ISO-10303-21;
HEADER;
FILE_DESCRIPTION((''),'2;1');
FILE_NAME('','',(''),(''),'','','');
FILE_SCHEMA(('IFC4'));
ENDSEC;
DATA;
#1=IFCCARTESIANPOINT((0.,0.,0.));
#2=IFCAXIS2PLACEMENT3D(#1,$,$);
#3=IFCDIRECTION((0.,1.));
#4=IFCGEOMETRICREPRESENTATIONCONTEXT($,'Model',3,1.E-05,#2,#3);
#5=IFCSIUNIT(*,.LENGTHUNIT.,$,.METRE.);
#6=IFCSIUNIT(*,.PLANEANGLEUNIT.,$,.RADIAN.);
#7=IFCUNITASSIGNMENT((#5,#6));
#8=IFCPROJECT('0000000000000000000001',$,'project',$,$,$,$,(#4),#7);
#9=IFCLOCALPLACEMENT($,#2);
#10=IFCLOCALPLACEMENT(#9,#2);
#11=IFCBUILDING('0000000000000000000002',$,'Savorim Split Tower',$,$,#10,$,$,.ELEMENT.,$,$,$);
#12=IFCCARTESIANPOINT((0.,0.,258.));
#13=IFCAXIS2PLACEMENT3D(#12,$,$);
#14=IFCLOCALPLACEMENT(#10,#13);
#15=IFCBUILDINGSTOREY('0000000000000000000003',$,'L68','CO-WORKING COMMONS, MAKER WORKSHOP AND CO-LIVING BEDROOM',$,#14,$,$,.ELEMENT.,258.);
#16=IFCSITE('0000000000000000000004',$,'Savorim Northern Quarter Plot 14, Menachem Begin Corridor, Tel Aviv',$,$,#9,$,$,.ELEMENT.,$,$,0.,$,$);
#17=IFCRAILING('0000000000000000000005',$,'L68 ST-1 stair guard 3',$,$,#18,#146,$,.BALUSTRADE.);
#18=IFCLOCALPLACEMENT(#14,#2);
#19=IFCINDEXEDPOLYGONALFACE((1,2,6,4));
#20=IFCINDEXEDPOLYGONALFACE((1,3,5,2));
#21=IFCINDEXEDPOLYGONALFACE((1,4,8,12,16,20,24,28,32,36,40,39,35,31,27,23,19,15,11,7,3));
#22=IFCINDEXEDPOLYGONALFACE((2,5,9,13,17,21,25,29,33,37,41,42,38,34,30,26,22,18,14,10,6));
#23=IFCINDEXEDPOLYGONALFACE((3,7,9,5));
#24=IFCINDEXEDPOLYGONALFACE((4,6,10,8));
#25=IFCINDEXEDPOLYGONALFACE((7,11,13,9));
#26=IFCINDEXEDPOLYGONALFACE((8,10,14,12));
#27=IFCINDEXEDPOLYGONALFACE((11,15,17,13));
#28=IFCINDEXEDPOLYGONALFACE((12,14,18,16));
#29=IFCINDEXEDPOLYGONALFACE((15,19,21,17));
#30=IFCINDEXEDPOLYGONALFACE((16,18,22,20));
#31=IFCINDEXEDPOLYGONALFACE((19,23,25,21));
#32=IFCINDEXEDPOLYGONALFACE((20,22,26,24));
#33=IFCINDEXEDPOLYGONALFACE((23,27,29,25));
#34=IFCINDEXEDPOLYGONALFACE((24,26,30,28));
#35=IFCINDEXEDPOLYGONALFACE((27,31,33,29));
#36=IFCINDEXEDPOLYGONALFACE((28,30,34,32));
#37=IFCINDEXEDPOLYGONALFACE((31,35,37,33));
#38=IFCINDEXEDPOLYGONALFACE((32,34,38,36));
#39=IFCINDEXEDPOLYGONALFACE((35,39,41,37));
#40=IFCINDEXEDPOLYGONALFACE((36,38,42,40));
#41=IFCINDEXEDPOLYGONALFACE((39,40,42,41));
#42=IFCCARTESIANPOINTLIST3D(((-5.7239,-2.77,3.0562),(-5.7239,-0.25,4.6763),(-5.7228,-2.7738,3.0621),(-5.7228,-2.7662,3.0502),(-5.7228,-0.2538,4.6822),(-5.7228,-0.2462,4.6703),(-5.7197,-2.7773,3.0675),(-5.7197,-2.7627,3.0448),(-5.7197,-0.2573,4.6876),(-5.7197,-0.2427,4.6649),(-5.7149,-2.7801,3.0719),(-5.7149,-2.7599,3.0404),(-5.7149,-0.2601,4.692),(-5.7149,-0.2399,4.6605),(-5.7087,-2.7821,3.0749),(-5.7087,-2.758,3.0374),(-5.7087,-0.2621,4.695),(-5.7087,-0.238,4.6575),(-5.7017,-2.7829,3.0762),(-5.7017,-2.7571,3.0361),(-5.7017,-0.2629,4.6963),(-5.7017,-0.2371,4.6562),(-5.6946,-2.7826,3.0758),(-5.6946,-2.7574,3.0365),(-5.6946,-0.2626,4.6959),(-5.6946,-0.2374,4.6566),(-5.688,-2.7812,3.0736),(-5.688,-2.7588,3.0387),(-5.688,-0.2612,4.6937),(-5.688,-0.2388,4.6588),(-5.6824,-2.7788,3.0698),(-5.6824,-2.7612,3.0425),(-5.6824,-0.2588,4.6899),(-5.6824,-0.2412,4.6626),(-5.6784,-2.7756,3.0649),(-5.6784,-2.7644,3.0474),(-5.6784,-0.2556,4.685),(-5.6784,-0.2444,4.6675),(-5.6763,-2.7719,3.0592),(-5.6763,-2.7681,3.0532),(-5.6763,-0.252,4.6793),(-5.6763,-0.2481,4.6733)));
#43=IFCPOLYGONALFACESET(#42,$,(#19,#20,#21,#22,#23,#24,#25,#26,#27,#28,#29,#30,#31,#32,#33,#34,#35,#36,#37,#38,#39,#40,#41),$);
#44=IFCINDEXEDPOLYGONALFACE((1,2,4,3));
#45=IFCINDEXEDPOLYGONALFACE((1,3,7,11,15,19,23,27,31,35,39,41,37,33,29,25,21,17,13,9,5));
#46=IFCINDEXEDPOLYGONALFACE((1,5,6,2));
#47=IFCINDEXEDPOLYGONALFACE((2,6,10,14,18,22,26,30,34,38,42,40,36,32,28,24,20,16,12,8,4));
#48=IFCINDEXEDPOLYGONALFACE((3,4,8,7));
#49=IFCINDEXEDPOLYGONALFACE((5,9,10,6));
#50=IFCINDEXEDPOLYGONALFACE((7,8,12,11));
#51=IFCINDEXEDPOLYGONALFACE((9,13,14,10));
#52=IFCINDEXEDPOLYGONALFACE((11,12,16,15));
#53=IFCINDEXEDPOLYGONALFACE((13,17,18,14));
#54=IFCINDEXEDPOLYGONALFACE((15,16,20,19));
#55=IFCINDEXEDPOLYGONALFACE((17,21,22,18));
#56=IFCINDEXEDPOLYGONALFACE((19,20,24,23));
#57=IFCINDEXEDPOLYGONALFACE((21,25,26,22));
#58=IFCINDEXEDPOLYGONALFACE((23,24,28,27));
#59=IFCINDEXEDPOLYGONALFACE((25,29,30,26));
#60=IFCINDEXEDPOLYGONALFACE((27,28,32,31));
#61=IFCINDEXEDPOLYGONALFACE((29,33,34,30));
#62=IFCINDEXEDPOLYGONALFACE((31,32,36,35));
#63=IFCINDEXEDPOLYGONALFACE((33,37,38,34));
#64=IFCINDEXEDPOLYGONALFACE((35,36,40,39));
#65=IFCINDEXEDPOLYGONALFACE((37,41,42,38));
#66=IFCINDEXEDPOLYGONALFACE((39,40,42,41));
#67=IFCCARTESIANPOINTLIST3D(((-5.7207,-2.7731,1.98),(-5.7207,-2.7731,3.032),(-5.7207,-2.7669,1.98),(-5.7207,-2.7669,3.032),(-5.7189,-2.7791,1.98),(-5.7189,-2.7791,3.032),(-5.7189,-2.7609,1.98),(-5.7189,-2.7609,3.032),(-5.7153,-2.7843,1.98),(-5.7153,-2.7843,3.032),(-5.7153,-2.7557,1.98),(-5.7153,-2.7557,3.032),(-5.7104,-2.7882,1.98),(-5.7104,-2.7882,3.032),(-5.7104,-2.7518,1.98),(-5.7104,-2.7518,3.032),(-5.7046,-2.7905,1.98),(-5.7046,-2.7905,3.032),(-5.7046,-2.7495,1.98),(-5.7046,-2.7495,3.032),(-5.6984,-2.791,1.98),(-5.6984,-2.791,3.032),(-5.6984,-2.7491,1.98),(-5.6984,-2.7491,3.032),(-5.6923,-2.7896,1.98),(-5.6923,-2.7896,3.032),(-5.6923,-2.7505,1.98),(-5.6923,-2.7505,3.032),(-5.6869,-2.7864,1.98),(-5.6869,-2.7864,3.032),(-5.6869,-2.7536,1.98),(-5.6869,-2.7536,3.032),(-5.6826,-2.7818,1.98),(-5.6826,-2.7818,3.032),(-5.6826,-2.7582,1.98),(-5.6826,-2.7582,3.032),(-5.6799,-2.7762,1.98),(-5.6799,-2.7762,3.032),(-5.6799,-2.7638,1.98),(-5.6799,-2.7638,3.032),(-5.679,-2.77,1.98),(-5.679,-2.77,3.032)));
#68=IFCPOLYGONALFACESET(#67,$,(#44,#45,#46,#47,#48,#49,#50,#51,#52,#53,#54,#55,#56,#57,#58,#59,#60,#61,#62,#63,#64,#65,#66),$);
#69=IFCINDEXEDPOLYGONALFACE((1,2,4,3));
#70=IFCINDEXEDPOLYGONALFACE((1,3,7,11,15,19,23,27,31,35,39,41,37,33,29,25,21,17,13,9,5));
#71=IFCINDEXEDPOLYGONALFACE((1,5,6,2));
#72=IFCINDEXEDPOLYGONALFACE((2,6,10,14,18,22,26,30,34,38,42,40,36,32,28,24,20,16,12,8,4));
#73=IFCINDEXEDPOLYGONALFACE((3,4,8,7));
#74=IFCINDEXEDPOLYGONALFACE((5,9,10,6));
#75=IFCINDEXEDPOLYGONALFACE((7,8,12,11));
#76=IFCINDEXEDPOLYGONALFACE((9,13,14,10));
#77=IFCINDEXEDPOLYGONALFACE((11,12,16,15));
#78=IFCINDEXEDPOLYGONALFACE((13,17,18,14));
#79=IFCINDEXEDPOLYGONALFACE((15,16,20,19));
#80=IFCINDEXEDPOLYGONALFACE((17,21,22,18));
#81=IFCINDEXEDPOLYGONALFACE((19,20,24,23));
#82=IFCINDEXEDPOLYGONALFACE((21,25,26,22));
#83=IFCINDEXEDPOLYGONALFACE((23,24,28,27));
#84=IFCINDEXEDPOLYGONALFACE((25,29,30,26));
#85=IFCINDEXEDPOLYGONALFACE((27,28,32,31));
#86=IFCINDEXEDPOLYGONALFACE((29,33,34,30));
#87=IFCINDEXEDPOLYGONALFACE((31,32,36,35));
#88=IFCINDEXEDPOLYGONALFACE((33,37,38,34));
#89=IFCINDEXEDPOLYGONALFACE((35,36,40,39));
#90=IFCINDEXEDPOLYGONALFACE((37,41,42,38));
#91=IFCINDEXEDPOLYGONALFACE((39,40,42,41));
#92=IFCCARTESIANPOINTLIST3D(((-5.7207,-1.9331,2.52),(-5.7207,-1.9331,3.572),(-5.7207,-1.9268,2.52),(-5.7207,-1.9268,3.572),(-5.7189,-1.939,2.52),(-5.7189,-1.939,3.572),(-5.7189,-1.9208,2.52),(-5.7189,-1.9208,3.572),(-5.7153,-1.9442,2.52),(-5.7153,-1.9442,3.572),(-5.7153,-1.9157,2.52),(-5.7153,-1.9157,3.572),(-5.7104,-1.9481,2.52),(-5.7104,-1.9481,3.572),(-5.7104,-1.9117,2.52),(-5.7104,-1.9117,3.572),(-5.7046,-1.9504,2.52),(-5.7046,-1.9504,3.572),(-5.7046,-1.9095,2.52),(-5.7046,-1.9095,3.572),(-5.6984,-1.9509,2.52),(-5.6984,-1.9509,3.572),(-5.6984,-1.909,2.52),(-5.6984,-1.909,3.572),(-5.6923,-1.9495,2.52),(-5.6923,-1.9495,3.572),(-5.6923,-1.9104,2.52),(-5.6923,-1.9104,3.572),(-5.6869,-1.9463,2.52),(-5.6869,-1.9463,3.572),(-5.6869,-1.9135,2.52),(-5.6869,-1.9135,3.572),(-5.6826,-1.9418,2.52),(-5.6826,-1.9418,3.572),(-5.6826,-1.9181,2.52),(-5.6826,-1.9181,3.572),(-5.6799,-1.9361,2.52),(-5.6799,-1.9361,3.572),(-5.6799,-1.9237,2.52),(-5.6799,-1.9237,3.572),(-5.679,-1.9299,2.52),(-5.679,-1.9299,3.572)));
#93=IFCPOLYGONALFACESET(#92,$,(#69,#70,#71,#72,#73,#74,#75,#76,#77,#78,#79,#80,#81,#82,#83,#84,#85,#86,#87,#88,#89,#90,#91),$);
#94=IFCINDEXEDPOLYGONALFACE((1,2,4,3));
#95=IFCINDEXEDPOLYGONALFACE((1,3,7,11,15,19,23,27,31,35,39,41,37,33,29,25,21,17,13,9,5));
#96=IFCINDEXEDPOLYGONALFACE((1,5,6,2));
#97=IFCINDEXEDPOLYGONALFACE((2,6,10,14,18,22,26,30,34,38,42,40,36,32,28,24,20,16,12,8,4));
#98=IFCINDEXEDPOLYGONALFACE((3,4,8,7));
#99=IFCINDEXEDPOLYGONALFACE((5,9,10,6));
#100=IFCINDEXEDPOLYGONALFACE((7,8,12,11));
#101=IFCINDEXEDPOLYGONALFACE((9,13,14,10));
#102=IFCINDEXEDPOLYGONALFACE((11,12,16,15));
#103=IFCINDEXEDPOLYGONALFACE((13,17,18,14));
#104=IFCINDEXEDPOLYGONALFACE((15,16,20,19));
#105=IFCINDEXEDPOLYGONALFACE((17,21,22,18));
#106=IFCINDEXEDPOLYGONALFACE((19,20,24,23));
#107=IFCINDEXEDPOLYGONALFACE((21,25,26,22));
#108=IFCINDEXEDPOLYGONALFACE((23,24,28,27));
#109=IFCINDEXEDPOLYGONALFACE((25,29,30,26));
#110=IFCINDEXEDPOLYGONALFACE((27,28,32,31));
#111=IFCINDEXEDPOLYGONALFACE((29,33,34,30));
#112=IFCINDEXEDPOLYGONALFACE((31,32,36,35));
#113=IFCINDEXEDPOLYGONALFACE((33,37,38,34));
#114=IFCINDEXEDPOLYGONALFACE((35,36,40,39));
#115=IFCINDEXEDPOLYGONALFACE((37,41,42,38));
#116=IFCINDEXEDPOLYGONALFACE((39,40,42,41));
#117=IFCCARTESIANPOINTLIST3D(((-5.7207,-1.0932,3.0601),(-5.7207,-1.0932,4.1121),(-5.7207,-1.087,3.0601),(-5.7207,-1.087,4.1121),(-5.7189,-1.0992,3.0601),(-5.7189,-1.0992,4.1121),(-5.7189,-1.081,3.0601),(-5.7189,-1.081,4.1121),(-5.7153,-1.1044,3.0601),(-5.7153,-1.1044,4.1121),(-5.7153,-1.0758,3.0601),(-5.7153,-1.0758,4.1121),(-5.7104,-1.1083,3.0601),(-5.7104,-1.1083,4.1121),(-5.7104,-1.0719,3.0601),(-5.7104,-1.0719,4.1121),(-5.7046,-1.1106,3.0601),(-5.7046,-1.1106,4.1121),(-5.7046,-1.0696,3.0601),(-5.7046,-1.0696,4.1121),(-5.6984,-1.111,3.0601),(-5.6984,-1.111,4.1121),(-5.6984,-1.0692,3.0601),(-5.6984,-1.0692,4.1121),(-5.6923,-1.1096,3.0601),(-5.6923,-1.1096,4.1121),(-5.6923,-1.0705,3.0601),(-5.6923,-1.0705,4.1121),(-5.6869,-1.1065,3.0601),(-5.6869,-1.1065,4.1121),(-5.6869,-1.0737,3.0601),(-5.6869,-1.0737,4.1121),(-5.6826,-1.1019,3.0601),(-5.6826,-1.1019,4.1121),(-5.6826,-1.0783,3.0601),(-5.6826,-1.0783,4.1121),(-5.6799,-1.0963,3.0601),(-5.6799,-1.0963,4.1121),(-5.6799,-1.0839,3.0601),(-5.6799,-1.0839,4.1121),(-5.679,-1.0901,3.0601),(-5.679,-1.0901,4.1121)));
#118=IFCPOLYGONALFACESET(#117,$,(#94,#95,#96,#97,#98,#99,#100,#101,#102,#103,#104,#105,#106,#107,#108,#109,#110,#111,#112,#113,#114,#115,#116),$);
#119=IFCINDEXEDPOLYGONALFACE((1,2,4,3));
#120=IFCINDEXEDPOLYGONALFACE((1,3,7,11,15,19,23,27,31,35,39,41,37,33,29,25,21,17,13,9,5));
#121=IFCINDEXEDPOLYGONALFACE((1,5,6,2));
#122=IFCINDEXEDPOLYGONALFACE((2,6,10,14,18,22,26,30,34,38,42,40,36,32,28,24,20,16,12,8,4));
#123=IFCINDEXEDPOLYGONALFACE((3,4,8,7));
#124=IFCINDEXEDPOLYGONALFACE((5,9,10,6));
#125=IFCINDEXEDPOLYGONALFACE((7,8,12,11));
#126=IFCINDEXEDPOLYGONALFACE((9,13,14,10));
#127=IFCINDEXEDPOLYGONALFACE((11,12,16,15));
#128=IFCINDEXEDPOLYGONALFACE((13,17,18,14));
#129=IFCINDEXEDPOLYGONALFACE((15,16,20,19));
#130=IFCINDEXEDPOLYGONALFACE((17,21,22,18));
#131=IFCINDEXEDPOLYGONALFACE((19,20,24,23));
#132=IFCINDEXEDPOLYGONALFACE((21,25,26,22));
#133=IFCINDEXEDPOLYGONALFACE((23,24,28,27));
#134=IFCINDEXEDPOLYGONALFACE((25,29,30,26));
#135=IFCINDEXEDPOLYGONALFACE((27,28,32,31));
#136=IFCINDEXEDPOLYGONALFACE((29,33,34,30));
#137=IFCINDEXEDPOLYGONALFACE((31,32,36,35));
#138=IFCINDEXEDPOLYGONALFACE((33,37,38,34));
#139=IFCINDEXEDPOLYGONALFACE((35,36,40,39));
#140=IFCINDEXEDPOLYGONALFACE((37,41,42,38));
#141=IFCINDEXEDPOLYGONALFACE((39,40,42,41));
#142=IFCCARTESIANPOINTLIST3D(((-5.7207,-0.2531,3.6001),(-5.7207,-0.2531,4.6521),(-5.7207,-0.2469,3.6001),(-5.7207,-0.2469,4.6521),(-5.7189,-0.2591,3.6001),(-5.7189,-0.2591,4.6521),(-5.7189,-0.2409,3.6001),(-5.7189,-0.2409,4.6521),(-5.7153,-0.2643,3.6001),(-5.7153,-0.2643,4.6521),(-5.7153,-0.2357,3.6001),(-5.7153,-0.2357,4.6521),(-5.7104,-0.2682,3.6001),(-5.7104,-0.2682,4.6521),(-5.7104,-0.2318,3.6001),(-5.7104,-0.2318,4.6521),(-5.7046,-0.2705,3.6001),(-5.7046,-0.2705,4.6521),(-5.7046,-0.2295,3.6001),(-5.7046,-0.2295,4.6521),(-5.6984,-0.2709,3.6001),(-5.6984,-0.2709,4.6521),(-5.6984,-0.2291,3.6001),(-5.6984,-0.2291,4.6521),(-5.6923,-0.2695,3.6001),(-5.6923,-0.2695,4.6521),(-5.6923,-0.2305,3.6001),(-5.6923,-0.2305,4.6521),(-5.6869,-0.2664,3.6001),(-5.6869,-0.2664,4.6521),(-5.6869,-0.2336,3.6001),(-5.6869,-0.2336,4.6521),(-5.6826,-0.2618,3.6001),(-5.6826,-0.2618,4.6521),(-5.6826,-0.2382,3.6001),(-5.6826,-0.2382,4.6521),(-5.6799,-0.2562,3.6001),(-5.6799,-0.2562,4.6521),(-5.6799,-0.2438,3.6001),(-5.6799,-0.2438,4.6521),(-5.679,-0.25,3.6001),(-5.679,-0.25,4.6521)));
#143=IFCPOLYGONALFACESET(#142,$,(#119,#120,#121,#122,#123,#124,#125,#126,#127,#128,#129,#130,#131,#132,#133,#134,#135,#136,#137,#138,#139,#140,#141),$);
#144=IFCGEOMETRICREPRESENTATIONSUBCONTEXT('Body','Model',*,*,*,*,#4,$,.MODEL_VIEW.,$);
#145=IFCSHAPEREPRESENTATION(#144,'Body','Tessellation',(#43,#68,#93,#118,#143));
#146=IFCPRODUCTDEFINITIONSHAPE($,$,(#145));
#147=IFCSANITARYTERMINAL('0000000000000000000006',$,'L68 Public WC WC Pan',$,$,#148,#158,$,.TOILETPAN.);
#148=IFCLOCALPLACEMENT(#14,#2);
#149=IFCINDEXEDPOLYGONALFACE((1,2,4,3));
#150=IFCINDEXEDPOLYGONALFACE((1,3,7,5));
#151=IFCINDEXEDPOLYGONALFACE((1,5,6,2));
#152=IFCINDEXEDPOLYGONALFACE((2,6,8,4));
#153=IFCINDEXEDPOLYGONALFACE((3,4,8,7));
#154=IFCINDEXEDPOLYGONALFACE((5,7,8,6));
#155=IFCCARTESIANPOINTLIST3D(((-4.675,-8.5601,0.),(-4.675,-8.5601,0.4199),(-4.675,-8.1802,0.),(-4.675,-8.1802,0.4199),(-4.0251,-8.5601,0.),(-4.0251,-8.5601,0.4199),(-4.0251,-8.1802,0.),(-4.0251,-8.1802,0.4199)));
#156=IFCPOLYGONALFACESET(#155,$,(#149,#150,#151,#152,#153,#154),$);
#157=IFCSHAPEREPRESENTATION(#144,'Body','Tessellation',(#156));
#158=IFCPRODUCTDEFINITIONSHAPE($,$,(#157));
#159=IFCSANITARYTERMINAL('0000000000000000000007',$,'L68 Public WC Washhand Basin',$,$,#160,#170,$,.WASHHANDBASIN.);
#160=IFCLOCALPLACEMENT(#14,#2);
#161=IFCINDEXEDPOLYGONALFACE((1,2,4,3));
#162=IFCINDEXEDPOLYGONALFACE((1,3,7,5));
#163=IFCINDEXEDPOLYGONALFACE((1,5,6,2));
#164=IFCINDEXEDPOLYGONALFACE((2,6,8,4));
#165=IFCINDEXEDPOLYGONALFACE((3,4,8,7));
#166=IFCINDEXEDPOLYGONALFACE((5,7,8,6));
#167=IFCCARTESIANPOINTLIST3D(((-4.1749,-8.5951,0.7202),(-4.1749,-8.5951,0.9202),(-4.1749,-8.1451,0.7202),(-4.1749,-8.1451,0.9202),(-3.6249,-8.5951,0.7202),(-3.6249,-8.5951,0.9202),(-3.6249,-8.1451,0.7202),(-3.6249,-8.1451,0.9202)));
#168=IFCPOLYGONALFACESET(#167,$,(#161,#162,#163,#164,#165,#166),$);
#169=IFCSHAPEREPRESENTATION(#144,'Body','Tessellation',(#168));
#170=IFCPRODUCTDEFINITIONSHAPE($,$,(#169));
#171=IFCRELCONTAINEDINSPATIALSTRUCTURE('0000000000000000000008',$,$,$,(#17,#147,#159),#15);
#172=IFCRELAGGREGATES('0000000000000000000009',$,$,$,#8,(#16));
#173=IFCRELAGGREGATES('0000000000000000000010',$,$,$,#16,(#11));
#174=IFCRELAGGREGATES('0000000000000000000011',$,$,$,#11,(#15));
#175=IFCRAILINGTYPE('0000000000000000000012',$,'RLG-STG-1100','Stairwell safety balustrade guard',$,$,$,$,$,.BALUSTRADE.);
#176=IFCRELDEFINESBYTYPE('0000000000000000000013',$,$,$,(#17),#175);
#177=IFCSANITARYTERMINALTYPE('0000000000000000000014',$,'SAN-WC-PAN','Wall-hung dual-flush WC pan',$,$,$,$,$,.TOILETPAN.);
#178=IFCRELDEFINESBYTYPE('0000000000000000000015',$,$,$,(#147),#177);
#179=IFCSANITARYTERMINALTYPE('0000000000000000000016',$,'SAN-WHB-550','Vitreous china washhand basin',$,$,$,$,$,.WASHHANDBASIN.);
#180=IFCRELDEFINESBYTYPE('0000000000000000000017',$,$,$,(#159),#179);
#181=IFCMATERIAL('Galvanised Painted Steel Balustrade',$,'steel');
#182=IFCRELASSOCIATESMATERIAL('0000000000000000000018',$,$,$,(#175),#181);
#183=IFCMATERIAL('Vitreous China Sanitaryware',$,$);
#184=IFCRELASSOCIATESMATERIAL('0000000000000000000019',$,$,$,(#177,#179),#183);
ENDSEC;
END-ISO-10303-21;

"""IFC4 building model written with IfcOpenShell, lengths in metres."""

from ifc_helpers import new_model, si_unit, direction, frame, origin, origin_2d, place, context, subcontext, project, spatial, rectangle, circle, extrude, material, type_object, element, save


model = new_model("IFC4")

# Units and contexts
model_context = context("Model", 3, precision=1e-05, world=origin(), true_north=direction((0.0, 1.0)))
body_context = subcontext(model_context, "Body", "Model", "MODEL_VIEW")
ifc_project = project(units=[si_unit("LENGTHUNIT", "METRE"), si_unit("PLANEANGLEUNIT", "RADIAN")], contexts=[model_context])

# Site, building, storey
site_placement = place(None, origin())
site = spatial("IfcSite", under=ifc_project, at=site_placement, Name="Savorim Northern Quarter Plot 14, Menachem Begin Corridor, Tel Aviv", CompositionType="ELEMENT", RefElevation=0.0)
building_placement = place(site_placement, origin())
building = spatial("IfcBuilding", under=site, at=building_placement, Name="Savorim Split Tower", CompositionType="ELEMENT")
storey_placement = place(building_placement, frame((0.0, 0.0, 258.0)))
storey = spatial("IfcBuildingStorey", under=building, at=storey_placement, Name="L68", Description="CO-WORKING COMMONS, MAKER WORKSHOP AND CO-LIVING BEDROOM", CompositionType="ELEMENT", Elevation=258.0)

# Railing
ifc_material_1 = material(Name="Galvanised Painted Steel Balustrade", Category="steel")
railing_type_1 = type_object("IfcRailingType", Name="RLG-STG-1100", Description="Stairwell safety balustrade guard", PredefinedType="BALUSTRADE", material=ifc_material_1)
railing_1_placement = place(storey_placement, frame((-5.7, -2.77, 1.98)))
element("IfcRailing", 1, at=railing_1_placement, inside=storey, type_object=railing_type_1, Name="L68 ST-1 stair guard 3", PredefinedType="BALUSTRADE", context=body_context, shape_type="SweptSolid", body=[
    extrude(circle(Radius=0.0239, at=origin_2d()), frame((0.0, 0.0, 1.0762), z_axis=(0.0, 0.841163, 0.540782), x_axis=(-1.0, 0.0, 0.0)), (0.0, 0.0, 1.0), 2.9958),
    extrude(circle(Radius=0.021, at=origin_2d()), origin(), (0.0, 0.0, 1.0), 1.052),
    extrude(circle(Radius=0.021, at=origin_2d()), frame((0.0, 0.8401, 0.54)), (0.0, 0.0, 1.0), 1.052),
    extrude(circle(Radius=0.021, at=origin_2d()), frame((0.0, 1.6799, 1.0801)), (0.0, 0.0, 1.0), 1.052),
    extrude(circle(Radius=0.021, at=origin_2d()), frame((0.0, 2.52, 1.6201)), (0.0, 0.0, 1.0), 1.052),
])

# Sanitary terminals
ifc_material_2 = material(Name="Vitreous China Sanitaryware")
sanitary_terminal_type_1 = type_object("IfcSanitaryTerminalType", Name="SAN-WC-PAN", Description="Wall-hung dual-flush WC pan", PredefinedType="TOILETPAN", material=ifc_material_2)
sanitary_terminal_1_placement = place(storey_placement, frame((-4.3501, -8.3701, 0.0), z_axis=(0.0, 0.0, 1.0), x_axis=(1.0, 0.0, 0.0)))
element("IfcSanitaryTerminal", 2, at=sanitary_terminal_1_placement, inside=storey, type_object=sanitary_terminal_type_1, Name="L68 Public WC WC Pan", PredefinedType="TOILETPAN", context=body_context, shape_type="SweptSolid", body=[
    extrude(rectangle(XDim=0.6499, YDim=0.3799, at=origin_2d()), origin(), (0.0, 0.0, 1.0), 0.4199),
])
sanitary_terminal_type_2 = type_object("IfcSanitaryTerminalType", Name="SAN-WHB-550", Description="Vitreous china washhand basin", PredefinedType="WASHHANDBASIN", material=ifc_material_2)
sanitary_terminal_2_placement = place(storey_placement, frame((-3.8999, -8.3701, 0.7202), z_axis=(0.0, 0.0, 1.0), x_axis=(1.0, 0.0, 0.0)))
element("IfcSanitaryTerminal", 3, at=sanitary_terminal_2_placement, inside=storey, type_object=sanitary_terminal_type_2, Name="L68 Public WC Washhand Basin", PredefinedType="WASHHANDBASIN", context=body_context, shape_type="SweptSolid", body=[
    extrude(rectangle(XDim=0.55, YDim=0.45, at=origin_2d()), origin(), (0.0, 0.0, 1.0), 0.2),
])

save(model, "model.ifc")
